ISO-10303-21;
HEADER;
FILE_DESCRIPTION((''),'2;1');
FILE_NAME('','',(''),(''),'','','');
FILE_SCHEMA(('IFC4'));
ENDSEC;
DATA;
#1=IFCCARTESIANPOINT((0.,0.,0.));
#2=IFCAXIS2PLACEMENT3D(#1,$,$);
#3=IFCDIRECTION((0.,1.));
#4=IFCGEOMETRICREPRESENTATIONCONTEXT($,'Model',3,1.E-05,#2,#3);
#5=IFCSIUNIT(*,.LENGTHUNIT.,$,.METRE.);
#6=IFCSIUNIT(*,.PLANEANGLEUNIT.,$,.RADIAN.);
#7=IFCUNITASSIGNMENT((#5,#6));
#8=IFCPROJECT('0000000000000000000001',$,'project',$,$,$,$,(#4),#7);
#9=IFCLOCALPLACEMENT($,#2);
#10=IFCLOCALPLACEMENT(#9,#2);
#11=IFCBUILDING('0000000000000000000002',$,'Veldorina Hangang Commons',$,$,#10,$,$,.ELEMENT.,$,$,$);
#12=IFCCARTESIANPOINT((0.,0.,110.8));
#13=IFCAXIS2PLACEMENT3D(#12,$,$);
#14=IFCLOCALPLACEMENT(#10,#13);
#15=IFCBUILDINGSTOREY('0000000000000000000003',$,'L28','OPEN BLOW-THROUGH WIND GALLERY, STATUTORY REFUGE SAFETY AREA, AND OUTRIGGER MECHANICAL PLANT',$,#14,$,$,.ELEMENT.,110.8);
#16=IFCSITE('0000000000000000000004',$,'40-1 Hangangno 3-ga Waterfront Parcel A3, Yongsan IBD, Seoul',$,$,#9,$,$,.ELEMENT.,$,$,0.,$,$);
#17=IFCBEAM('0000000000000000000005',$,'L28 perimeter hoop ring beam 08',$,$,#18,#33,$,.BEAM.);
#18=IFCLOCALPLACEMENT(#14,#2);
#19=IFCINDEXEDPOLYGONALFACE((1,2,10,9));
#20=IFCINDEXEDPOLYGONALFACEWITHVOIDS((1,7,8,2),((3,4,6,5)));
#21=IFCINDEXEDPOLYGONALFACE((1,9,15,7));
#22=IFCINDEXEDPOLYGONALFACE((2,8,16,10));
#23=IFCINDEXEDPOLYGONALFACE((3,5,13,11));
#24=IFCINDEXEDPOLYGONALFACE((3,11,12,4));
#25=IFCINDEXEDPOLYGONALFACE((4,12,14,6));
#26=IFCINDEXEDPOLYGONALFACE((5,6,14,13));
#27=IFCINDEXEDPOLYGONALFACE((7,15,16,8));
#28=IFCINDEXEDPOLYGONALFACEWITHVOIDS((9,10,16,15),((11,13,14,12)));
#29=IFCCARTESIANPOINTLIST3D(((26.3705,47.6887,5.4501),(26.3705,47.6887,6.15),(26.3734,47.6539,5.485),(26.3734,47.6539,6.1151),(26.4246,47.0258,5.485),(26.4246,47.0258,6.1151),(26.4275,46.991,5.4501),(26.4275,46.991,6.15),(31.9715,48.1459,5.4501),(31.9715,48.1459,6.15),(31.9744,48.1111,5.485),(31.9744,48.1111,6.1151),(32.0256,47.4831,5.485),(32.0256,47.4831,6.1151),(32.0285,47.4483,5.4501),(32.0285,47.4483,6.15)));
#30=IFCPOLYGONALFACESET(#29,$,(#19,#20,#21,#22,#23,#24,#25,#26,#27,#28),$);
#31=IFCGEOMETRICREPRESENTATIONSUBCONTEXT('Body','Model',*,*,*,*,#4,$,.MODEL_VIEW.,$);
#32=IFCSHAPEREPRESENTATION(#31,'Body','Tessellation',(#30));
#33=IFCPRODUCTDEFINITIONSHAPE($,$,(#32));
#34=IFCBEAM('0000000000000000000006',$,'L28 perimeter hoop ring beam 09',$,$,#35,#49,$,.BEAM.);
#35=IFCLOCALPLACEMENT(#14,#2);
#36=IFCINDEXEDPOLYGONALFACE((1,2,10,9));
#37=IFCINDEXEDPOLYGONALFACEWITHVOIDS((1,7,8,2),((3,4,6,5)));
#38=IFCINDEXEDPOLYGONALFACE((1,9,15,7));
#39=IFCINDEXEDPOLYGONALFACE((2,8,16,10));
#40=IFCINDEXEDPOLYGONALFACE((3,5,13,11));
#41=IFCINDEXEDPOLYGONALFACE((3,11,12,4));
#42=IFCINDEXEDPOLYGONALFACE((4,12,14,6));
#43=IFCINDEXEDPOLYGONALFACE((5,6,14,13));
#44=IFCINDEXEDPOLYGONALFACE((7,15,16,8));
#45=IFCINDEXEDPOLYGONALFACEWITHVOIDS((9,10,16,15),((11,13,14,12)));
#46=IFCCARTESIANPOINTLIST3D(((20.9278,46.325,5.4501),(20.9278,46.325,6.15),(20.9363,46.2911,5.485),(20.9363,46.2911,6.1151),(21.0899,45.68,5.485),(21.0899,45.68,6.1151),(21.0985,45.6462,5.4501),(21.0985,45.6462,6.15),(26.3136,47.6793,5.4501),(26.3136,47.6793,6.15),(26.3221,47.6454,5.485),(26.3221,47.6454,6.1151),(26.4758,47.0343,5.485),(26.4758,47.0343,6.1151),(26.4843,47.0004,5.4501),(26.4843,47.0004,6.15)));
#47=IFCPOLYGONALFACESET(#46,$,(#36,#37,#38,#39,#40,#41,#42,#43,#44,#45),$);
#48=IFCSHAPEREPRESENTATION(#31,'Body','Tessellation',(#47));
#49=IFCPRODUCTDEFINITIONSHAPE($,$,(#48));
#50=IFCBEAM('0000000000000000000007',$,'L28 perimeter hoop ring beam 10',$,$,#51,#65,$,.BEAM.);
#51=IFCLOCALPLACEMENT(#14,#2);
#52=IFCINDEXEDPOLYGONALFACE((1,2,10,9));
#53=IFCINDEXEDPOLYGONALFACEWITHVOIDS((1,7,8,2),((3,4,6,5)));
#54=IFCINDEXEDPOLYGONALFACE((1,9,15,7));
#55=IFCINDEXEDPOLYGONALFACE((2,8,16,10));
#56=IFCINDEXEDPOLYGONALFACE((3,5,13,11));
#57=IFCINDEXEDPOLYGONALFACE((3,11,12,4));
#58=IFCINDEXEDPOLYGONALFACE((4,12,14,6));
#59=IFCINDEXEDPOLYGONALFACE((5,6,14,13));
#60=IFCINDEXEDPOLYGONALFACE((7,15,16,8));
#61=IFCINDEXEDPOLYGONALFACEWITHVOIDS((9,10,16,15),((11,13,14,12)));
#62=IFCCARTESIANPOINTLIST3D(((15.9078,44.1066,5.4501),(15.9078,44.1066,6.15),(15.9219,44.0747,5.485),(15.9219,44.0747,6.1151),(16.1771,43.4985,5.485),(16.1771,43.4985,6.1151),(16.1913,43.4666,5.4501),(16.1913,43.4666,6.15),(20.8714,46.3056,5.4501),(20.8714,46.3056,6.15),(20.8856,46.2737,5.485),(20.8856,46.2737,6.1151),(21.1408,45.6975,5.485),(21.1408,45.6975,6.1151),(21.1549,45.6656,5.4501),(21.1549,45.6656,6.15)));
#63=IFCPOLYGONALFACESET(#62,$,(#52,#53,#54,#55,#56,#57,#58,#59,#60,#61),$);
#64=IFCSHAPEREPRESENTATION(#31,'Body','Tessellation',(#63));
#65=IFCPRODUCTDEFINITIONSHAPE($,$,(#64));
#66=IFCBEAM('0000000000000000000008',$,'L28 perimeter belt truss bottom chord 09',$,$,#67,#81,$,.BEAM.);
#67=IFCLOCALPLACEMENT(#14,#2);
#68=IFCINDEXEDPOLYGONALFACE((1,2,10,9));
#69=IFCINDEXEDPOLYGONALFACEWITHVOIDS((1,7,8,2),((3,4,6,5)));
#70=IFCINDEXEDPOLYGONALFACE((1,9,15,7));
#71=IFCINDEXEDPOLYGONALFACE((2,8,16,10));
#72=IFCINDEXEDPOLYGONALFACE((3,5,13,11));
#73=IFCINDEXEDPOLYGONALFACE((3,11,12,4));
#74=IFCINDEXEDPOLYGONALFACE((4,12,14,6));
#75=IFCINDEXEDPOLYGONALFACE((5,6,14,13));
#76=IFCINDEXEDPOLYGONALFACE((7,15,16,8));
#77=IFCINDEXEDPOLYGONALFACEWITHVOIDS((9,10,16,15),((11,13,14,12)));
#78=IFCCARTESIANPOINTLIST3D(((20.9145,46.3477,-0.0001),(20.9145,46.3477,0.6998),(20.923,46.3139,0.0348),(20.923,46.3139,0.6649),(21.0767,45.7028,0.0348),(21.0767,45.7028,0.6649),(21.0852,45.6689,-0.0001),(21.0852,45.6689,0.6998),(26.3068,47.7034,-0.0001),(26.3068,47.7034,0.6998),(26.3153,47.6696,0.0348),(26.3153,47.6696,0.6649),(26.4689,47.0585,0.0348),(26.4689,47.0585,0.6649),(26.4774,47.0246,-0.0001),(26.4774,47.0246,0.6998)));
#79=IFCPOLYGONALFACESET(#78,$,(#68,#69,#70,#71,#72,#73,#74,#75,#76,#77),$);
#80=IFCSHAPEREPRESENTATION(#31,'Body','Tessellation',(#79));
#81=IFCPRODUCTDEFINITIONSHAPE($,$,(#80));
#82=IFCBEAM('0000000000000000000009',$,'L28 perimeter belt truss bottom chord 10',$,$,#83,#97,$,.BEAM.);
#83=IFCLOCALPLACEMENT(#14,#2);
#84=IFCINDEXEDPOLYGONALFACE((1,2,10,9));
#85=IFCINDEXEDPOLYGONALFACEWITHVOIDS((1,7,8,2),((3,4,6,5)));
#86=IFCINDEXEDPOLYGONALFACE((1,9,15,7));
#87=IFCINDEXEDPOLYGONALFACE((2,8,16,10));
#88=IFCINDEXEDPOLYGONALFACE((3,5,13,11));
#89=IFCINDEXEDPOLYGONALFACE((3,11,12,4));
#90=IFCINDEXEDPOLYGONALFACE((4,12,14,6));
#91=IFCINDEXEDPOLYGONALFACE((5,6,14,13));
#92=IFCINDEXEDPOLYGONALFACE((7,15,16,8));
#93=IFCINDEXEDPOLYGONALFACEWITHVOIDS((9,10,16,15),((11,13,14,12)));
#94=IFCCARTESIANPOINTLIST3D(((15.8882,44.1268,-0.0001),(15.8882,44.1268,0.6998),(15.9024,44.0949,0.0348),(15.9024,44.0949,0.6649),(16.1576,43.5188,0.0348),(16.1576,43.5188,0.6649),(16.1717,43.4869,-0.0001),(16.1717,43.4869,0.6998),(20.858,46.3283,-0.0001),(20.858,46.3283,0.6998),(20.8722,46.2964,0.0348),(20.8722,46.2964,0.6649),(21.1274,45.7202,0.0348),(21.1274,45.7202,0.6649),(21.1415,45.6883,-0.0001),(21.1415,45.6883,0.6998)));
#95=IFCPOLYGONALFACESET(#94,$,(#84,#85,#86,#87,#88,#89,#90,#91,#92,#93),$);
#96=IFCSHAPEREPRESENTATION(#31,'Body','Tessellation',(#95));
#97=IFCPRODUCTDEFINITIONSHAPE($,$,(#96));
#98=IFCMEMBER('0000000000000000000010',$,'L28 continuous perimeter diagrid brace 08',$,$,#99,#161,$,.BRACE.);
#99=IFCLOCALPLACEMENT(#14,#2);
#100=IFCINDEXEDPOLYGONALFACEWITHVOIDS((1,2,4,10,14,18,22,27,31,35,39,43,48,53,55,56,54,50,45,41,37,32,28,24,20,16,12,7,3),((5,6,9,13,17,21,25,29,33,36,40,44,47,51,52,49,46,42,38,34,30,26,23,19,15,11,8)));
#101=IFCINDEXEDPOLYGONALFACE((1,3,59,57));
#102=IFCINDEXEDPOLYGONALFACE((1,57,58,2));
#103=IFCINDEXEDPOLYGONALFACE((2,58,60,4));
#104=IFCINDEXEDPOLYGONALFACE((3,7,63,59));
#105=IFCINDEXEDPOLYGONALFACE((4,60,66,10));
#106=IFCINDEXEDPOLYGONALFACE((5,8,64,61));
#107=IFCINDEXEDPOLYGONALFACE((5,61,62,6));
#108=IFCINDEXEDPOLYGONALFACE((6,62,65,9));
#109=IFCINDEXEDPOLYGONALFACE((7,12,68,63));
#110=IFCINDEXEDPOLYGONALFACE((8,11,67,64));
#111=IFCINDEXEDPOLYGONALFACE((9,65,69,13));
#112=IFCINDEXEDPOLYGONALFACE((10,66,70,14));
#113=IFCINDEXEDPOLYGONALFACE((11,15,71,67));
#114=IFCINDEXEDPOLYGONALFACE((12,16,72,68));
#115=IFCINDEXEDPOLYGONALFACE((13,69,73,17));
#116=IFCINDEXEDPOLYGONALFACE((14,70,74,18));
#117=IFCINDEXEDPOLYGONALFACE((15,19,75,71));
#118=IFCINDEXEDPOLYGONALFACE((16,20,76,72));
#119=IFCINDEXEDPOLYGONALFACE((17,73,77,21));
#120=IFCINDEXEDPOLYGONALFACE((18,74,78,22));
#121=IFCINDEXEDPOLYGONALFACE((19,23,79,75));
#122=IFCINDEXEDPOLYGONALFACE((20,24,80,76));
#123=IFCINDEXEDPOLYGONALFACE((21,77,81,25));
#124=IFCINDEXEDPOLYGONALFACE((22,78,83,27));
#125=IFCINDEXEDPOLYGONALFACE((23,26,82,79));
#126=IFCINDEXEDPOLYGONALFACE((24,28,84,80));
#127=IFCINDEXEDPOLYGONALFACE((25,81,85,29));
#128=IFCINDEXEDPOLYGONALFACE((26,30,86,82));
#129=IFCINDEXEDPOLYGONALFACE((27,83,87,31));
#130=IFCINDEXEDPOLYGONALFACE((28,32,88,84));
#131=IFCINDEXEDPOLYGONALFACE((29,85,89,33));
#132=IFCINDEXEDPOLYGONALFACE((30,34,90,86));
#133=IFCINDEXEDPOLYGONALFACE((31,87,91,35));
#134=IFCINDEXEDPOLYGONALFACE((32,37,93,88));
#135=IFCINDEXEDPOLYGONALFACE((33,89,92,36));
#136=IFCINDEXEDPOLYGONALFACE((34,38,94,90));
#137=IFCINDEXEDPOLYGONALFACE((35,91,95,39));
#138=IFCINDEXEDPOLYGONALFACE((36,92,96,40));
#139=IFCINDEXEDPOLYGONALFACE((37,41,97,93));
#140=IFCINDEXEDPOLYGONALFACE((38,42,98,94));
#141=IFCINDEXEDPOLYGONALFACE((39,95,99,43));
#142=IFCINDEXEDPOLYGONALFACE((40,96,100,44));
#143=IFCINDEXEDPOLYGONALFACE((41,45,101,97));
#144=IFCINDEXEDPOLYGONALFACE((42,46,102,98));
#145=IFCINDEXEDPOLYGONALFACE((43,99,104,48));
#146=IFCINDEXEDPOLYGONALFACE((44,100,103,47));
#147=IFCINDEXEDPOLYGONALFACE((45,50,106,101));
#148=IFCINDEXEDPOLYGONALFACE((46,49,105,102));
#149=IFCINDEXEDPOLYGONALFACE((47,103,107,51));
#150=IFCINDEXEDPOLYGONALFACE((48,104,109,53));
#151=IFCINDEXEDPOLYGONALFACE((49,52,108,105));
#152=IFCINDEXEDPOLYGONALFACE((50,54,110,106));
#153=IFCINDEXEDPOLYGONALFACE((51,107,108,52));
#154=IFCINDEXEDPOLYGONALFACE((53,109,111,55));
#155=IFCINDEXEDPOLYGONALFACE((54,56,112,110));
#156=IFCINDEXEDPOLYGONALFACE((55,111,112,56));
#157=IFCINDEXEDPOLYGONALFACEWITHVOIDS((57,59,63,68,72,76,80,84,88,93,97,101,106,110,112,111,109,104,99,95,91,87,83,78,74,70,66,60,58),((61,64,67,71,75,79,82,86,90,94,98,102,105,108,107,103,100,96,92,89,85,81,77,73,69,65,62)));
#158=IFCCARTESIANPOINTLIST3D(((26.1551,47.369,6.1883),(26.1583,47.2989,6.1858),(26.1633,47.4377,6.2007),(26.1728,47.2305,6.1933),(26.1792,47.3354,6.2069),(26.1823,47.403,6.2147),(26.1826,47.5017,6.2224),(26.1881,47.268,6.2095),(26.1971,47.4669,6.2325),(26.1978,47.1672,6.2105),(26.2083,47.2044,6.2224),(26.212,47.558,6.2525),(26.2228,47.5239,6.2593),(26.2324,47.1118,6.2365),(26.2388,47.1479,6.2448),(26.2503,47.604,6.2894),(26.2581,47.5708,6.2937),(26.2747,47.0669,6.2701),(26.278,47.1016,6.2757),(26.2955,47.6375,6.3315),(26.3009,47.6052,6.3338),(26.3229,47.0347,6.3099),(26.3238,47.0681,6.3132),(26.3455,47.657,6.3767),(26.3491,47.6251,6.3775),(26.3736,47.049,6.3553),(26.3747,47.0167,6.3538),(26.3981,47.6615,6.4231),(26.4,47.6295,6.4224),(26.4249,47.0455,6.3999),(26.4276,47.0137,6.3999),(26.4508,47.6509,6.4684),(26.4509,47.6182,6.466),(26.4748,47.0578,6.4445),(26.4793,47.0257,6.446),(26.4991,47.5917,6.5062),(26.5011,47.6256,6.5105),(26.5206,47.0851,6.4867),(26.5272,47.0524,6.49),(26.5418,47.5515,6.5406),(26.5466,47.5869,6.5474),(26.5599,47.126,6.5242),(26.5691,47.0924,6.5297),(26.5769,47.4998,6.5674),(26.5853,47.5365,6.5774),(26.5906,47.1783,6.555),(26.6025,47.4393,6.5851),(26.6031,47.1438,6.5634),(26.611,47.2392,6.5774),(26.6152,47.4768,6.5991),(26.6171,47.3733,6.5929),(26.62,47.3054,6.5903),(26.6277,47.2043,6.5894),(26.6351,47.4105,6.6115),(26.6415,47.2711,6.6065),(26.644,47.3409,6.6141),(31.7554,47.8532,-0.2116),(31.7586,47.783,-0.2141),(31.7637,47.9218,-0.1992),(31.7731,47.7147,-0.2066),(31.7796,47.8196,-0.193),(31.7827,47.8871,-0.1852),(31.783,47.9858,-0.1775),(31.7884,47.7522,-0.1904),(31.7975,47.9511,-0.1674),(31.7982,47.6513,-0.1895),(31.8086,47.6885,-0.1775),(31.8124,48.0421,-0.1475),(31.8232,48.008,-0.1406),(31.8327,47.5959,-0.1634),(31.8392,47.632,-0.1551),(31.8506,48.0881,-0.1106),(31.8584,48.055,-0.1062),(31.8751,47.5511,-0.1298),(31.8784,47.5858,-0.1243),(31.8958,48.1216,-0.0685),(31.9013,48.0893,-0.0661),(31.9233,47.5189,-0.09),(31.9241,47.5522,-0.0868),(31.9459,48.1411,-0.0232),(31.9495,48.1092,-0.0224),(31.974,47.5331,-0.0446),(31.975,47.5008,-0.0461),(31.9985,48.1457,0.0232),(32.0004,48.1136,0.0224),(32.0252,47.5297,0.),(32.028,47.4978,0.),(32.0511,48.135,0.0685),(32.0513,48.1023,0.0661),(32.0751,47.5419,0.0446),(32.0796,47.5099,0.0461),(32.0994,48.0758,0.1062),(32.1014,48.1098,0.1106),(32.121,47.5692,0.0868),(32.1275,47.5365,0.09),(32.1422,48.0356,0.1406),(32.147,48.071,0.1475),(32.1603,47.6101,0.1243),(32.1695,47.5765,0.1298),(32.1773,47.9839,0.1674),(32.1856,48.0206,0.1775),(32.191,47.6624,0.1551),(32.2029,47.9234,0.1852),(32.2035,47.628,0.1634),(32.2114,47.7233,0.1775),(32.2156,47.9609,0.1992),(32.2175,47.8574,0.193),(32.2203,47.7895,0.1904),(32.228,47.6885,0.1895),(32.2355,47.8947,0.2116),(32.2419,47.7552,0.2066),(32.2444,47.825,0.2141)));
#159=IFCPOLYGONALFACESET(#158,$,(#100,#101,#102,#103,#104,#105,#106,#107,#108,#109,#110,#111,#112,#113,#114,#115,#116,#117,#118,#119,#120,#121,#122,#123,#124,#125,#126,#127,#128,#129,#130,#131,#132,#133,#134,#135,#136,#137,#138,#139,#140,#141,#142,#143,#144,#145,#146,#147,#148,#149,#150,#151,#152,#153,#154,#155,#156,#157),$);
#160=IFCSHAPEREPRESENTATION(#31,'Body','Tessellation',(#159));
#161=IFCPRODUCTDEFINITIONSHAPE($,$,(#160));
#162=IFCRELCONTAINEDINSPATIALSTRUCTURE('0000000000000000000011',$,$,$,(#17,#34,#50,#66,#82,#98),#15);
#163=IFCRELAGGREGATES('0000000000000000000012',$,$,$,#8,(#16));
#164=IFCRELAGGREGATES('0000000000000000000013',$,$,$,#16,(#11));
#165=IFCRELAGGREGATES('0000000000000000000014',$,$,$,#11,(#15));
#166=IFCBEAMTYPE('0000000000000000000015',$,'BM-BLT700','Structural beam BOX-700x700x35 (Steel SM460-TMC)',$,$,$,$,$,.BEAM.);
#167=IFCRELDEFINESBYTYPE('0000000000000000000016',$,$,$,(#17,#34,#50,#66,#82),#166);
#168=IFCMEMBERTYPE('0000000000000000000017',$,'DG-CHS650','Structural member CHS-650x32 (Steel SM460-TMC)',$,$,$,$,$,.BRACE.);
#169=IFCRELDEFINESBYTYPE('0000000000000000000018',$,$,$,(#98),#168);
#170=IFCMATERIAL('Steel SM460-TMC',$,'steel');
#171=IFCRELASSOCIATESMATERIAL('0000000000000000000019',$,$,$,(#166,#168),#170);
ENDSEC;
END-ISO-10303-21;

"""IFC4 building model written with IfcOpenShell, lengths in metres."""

from ifc_helpers import new_model, si_unit, direction, frame, origin, origin_2d, place, context, subcontext, project, spatial, hollow_rectangle, hollow_circle, extrude, material, material_profile, profile_set, type_object, element, save


model = new_model("IFC4")

# Units and contexts
model_context = context("Model", 3, precision=1e-05, world=origin(), true_north=direction((0.0, 1.0)))
body_context = subcontext(model_context, "Body", "Model", "MODEL_VIEW")
ifc_project = project(units=[si_unit("LENGTHUNIT", "METRE"), si_unit("PLANEANGLEUNIT", "RADIAN")], contexts=[model_context])

# Site, building, storey
site_placement = place(None, origin())
site = spatial("IfcSite", under=ifc_project, at=site_placement, Name="40-1 Hangangno 3-ga Waterfront Parcel A3, Yongsan IBD, Seoul", CompositionType="ELEMENT", RefElevation=0.0)
building_placement = place(site_placement, origin())
building = spatial("IfcBuilding", under=site, at=building_placement, Name="Veldorina Hangang Commons", CompositionType="ELEMENT")
storey_placement = place(building_placement, frame((0.0, 0.0, 110.8)))
storey = spatial("IfcBuildingStorey", under=building, at=storey_placement, Name="L28", Description="OPEN BLOW-THROUGH WIND GALLERY, STATUTORY REFUGE SAFETY AREA, AND OUTRIGGER MECHANICAL PLANT", CompositionType="ELEMENT", Elevation=110.8)

# Beams
ifc_material_1 = material(Name="Steel SM460-TMC", Category="steel")
ifc_material_profile_1 = material_profile(ifc_material_1, hollow_rectangle(XDim=0.7, YDim=0.7, WallThickness=0.0349, at=origin_2d()), Name="BOX-700x700x35")
ifc_profile_set_1 = profile_set([ifc_material_profile_1], Name="Steel SM460-TMC")
beam_type = type_object("IfcBeamType", Name="BM-BLT700", Description="Structural beam BOX-700x700x35 (Steel SM460-TMC)", PredefinedType="BEAM", material=ifc_profile_set_1)
beam_1_placement = place(storey_placement, frame((32.0, 47.7971, 5.8), z_axis=(-0.996684, -0.08137, 0.0), x_axis=(0.08137, -0.996684, 0.0)))
element("IfcBeam", 1, at=beam_1_placement, inside=storey, type_object=beam_type, Name="L28 perimeter hoop ring beam 08", PredefinedType="BEAM", context=body_context, shape_type="SweptSolid", body=[
    extrude(hollow_rectangle(XDim=0.7, YDim=0.7, WallThickness=0.0349, at=origin_2d()), origin(), (0.0, 0.0, 1.0), 5.6196),
])
beam_2_placement = place(storey_placement, frame((26.3989, 47.3398, 5.8), z_axis=(-0.969811, -0.243859, 0.0), x_axis=(0.243859, -0.969811, 0.0)))
element("IfcBeam", 2, at=beam_2_placement, inside=storey, type_object=beam_type, Name="L28 perimeter hoop ring beam 09", PredefinedType="BEAM", context=body_context, shape_type="SweptSolid", body=[
    extrude(hollow_rectangle(XDim=0.7, YDim=0.7, WallThickness=0.0349, at=origin_2d()), origin(), (0.0, 0.0, 1.0), 5.5535),
])
beam_3_placement = place(storey_placement, frame((21.0132, 45.9856, 5.8), z_axis=(-0.914295, -0.405049, 0.0), x_axis=(0.405049, -0.914295, 0.0)))
element("IfcBeam", 3, at=beam_3_placement, inside=storey, type_object=beam_type, Name="L28 perimeter hoop ring beam 10", PredefinedType="BEAM", context=body_context, shape_type="SweptSolid", body=[
    extrude(hollow_rectangle(XDim=0.7, YDim=0.7, WallThickness=0.0349, at=origin_2d()), origin(), (0.0, 0.0, 1.0), 5.429),
])
beam_4_placement = place(storey_placement, frame((26.3921, 47.364, 0.3499), z_axis=(-0.969819, -0.243827, 0.0), x_axis=(0.243827, -0.969819, 0.0)))
element("IfcBeam", 4, at=beam_4_placement, inside=storey, type_object=beam_type, Name="L28 perimeter belt truss bottom chord 09", PredefinedType="BEAM", context=body_context, shape_type="SweptSolid", body=[
    extrude(hollow_rectangle(XDim=0.7, YDim=0.7, WallThickness=0.0349, at=origin_2d()), origin(), (0.0, 0.0, 1.0), 5.5601),
])
beam_5_placement = place(storey_placement, frame((20.9998, 46.0083, 0.3499), z_axis=(-0.914313, -0.405009, 0.0), x_axis=(0.405009, -0.914313, 0.0)))
element("IfcBeam", 5, at=beam_5_placement, inside=storey, type_object=beam_type, Name="L28 perimeter belt truss bottom chord 10", PredefinedType="BEAM", context=body_context, shape_type="SweptSolid", body=[
    extrude(hollow_rectangle(XDim=0.7, YDim=0.7, WallThickness=0.0349, at=origin_2d()), origin(), (0.0, 0.0, 1.0), 5.4355),
])

# Member
ifc_material_profile_2 = material_profile(ifc_material_1, hollow_circle(Radius=0.325, WallThickness=0.032, at=origin_2d()), Name="CHS-650x32")
ifc_profile_set_2 = profile_set([ifc_material_profile_2], Name="Steel SM460-TMC")
member_type_1 = type_object("IfcMemberType", Name="DG-CHS650", Description="Structural member CHS-650x32 (Steel SM460-TMC)", PredefinedType="BRACE", material=ifc_profile_set_2)
member_1_placement = place(storey_placement, frame((32.0, 47.8215, 0.0), z_axis=(-0.657469, -0.056836, 0.751335), x_axis=(0.086125, -0.996284, 0.0)))
element("IfcMember", 6, at=member_1_placement, inside=storey, type_object=member_type_1, Name="L28 continuous perimeter diagrid brace 08", PredefinedType="BRACE", context=body_context, shape_type="SweptSolid", body=[
    extrude(hollow_circle(Radius=0.325, WallThickness=0.032, at=origin_2d()), origin(), (0.0, 0.0, 1.0), 8.5181),
])

save(model, "model.ifc")
